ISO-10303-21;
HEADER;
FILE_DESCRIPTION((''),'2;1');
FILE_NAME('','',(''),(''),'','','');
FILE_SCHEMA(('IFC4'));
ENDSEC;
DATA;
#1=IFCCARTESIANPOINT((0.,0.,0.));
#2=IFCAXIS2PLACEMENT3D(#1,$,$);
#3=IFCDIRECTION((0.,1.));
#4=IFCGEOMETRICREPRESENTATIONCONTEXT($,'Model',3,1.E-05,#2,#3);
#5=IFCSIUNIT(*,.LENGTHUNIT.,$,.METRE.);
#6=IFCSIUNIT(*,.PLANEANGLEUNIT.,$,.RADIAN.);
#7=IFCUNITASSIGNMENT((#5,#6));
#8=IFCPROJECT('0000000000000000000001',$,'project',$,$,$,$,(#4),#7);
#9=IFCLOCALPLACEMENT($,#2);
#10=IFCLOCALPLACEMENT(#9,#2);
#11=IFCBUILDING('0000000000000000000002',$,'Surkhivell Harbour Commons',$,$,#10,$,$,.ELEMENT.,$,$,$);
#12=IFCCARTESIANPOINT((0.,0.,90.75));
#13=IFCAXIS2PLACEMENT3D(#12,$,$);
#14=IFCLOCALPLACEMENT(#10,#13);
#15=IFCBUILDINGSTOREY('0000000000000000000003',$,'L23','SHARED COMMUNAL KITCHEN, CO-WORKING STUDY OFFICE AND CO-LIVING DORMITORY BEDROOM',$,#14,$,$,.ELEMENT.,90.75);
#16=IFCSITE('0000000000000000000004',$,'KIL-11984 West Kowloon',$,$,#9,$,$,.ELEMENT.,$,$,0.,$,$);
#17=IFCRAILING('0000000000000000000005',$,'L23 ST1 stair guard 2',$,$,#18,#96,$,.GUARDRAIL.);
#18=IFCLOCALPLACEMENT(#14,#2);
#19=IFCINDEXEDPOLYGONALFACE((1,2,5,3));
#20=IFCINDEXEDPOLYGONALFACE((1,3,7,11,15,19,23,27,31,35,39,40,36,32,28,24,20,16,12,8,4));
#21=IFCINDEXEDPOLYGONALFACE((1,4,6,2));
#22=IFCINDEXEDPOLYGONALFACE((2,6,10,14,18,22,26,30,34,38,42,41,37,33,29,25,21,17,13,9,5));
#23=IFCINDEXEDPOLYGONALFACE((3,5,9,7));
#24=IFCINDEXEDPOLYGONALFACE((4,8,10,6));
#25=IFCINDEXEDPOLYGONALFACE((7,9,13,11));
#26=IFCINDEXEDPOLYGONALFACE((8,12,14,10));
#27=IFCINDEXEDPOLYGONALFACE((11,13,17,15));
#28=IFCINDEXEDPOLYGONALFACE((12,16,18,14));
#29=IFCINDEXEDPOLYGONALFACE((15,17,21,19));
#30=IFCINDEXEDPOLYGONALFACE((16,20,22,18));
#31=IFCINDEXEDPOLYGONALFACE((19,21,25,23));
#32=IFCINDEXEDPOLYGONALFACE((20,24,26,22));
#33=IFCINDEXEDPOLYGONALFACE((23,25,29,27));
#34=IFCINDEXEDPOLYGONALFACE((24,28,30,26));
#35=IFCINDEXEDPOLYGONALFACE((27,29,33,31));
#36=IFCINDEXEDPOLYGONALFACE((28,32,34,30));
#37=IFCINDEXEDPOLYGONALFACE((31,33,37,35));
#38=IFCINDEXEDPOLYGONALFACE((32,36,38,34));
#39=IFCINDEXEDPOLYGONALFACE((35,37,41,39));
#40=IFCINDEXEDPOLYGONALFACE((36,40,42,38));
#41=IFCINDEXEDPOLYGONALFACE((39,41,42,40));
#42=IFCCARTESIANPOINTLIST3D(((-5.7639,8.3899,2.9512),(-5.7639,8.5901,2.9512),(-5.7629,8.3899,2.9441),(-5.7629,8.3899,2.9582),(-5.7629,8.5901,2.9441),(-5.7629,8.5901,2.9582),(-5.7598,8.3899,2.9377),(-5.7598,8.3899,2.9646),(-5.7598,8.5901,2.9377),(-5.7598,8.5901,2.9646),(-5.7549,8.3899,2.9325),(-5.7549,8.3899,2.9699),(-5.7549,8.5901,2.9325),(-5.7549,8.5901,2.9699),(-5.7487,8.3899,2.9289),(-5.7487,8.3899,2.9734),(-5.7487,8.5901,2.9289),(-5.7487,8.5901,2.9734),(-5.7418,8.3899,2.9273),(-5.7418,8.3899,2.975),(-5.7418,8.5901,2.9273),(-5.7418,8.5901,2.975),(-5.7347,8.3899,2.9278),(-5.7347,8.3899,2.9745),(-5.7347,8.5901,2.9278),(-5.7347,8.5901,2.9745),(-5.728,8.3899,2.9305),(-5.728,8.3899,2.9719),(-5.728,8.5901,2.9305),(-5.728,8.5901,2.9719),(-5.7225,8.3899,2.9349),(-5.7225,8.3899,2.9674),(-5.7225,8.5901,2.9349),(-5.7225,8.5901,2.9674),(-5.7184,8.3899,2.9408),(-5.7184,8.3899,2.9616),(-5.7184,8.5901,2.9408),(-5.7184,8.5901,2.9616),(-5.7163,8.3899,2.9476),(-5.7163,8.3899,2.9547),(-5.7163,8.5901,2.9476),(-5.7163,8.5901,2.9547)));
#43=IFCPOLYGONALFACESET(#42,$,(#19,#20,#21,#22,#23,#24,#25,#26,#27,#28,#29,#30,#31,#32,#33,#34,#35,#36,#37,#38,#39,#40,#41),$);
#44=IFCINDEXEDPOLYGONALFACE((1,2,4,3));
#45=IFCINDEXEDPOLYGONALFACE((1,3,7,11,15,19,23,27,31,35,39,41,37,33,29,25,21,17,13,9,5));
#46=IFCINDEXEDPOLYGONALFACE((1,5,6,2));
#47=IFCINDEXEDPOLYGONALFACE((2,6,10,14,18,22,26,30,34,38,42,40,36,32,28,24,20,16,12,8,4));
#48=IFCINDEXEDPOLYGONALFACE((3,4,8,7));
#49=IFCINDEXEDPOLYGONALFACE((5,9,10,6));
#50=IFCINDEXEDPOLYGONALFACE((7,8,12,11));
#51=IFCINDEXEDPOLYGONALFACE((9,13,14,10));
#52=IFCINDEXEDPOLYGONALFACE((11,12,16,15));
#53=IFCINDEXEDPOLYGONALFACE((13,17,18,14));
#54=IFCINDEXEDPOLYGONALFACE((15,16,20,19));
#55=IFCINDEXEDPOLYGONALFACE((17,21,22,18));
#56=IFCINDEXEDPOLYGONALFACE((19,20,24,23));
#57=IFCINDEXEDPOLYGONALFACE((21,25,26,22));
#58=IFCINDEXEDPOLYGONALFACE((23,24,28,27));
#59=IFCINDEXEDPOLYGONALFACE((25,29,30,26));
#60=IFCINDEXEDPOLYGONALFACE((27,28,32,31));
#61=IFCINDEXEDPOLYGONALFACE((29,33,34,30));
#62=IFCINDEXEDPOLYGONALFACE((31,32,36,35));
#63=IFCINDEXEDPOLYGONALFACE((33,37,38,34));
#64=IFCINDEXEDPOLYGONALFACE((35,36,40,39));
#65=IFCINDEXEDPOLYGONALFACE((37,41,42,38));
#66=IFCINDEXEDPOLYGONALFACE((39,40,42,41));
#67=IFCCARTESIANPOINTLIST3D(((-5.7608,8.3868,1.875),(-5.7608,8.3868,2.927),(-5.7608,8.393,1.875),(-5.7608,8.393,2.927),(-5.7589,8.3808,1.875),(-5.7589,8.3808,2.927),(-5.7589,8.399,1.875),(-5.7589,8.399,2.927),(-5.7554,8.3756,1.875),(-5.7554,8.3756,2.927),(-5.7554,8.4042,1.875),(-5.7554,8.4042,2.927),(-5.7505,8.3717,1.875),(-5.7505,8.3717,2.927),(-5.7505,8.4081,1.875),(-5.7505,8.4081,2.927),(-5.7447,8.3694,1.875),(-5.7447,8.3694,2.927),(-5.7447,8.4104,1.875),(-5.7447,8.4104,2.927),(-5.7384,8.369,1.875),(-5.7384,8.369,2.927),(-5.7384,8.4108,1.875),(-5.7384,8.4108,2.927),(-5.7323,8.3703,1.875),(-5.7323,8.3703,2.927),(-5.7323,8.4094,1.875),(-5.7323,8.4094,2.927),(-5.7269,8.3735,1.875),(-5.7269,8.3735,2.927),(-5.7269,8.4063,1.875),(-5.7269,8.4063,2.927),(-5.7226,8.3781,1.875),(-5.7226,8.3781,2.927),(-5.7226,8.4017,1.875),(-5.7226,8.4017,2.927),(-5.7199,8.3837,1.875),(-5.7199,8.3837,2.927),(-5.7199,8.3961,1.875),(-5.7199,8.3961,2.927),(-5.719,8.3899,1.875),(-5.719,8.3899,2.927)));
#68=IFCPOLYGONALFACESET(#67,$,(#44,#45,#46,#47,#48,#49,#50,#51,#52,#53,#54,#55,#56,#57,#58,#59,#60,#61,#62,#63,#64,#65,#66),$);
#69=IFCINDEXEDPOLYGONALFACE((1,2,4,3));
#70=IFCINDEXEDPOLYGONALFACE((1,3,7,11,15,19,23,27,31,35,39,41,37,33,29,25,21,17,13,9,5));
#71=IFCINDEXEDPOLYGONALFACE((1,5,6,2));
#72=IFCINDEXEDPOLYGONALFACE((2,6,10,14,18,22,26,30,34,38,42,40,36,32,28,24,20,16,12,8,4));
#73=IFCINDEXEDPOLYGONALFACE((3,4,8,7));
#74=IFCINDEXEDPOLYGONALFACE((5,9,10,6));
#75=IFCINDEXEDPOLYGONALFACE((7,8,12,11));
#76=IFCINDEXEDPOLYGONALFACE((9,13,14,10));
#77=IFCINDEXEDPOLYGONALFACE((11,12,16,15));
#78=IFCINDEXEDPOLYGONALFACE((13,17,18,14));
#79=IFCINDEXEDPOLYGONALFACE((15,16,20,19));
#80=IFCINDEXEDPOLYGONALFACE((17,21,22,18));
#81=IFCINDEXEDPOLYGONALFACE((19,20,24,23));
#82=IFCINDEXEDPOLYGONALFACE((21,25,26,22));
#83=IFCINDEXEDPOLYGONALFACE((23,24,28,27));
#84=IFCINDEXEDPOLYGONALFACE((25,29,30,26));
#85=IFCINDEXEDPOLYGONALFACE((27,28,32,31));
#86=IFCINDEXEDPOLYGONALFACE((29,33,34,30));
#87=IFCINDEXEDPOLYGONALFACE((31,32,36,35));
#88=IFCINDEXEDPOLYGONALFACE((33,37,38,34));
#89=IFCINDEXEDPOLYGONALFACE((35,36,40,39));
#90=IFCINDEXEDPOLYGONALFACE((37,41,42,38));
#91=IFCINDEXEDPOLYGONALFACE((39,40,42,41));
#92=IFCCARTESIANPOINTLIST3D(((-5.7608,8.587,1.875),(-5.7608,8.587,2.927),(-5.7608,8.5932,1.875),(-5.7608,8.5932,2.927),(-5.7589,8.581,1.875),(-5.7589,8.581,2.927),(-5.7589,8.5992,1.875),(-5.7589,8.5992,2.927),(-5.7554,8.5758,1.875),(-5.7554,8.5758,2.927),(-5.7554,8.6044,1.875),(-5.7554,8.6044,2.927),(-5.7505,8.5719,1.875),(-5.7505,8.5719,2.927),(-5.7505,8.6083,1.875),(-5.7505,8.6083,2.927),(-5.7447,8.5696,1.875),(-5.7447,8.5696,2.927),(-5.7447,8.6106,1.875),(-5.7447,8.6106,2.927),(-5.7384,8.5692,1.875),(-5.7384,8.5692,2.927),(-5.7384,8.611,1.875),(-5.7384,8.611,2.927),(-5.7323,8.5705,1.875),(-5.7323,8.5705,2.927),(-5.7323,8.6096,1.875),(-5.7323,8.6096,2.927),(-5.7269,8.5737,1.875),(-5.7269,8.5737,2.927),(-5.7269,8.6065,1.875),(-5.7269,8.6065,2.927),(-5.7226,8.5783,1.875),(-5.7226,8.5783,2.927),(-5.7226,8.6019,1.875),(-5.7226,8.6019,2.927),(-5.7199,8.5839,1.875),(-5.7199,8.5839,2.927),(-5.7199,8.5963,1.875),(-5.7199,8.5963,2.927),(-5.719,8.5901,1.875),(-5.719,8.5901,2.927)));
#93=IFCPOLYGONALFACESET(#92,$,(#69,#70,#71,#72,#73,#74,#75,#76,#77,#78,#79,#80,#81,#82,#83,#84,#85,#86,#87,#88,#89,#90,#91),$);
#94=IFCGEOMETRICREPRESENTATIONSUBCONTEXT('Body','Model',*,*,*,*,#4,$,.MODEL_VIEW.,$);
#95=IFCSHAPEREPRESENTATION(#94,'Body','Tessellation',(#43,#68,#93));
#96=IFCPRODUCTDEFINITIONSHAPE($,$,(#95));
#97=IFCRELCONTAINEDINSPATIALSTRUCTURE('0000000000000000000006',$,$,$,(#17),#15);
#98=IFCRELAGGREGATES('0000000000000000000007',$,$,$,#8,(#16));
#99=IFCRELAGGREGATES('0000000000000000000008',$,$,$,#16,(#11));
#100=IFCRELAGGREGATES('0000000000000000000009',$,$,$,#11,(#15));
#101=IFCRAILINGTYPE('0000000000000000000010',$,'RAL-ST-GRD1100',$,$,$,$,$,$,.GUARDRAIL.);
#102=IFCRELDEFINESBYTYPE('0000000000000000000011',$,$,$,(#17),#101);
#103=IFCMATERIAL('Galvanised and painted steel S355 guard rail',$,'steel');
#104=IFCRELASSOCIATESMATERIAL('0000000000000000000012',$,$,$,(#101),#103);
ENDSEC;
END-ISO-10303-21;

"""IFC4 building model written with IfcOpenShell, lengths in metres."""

from ifc_helpers import new_model, si_unit, direction, frame, origin, origin_2d, place, context, subcontext, project, spatial, circle, extrude, material, type_object, element, save


model = new_model("IFC4")

# Units and contexts
model_context = context("Model", 3, precision=1e-05, world=origin(), true_north=direction((0.0, 1.0)))
body_context = subcontext(model_context, "Body", "Model", "MODEL_VIEW")
ifc_project = project(units=[si_unit("LENGTHUNIT", "METRE"), si_unit("PLANEANGLEUNIT", "RADIAN")], contexts=[model_context])

# Site, building, storey
site_placement = place(None, origin())
site = spatial("IfcSite", under=ifc_project, at=site_placement, Name="KIL-11984 West Kowloon", CompositionType="ELEMENT", RefElevation=0.0)
building_placement = place(site_placement, origin())
building = spatial("IfcBuilding", under=site, at=building_placement, Name="Surkhivell Harbour Commons", CompositionType="ELEMENT")
storey_placement = place(building_placement, frame((0.0, 0.0, 90.75)))
storey = spatial("IfcBuildingStorey", under=building, at=storey_placement, Name="L23", Description="SHARED COMMUNAL KITCHEN, CO-WORKING STUDY OFFICE AND CO-LIVING DORMITORY BEDROOM", CompositionType="ELEMENT", Elevation=90.75)

# Railing
ifc_material_1 = material(Name="Galvanised and painted steel S355 guard rail", Category="steel")
railing_type_1 = type_object("IfcRailingType", Name="RAL-ST-GRD1100", PredefinedType="GUARDRAIL", material=ifc_material_1)
railing_1_placement = place(storey_placement, frame((-5.74, 8.3899, 1.875)))
element("IfcRailing", 1, at=railing_1_placement, inside=storey, type_object=railing_type_1, Name="L23 ST1 stair guard 2", PredefinedType="GUARDRAIL", context=body_context, shape_type="SweptSolid", body=[
    extrude(circle(Radius=0.0239, at=origin_2d()), frame((0.0, 0.0, 1.0762), z_axis=(0.0, 1.0, 0.0), x_axis=(-1.0, 0.0, 0.0)), (0.0, 0.0, 1.0), 0.2002),
    extrude(circle(Radius=0.021, at=origin_2d()), origin(), (0.0, 0.0, 1.0), 1.052),
    extrude(circle(Radius=0.021, at=origin_2d()), frame((0.0, 0.2002, 0.0)), (0.0, 0.0, 1.0), 1.052),
])

save(model, "model.ifc")
